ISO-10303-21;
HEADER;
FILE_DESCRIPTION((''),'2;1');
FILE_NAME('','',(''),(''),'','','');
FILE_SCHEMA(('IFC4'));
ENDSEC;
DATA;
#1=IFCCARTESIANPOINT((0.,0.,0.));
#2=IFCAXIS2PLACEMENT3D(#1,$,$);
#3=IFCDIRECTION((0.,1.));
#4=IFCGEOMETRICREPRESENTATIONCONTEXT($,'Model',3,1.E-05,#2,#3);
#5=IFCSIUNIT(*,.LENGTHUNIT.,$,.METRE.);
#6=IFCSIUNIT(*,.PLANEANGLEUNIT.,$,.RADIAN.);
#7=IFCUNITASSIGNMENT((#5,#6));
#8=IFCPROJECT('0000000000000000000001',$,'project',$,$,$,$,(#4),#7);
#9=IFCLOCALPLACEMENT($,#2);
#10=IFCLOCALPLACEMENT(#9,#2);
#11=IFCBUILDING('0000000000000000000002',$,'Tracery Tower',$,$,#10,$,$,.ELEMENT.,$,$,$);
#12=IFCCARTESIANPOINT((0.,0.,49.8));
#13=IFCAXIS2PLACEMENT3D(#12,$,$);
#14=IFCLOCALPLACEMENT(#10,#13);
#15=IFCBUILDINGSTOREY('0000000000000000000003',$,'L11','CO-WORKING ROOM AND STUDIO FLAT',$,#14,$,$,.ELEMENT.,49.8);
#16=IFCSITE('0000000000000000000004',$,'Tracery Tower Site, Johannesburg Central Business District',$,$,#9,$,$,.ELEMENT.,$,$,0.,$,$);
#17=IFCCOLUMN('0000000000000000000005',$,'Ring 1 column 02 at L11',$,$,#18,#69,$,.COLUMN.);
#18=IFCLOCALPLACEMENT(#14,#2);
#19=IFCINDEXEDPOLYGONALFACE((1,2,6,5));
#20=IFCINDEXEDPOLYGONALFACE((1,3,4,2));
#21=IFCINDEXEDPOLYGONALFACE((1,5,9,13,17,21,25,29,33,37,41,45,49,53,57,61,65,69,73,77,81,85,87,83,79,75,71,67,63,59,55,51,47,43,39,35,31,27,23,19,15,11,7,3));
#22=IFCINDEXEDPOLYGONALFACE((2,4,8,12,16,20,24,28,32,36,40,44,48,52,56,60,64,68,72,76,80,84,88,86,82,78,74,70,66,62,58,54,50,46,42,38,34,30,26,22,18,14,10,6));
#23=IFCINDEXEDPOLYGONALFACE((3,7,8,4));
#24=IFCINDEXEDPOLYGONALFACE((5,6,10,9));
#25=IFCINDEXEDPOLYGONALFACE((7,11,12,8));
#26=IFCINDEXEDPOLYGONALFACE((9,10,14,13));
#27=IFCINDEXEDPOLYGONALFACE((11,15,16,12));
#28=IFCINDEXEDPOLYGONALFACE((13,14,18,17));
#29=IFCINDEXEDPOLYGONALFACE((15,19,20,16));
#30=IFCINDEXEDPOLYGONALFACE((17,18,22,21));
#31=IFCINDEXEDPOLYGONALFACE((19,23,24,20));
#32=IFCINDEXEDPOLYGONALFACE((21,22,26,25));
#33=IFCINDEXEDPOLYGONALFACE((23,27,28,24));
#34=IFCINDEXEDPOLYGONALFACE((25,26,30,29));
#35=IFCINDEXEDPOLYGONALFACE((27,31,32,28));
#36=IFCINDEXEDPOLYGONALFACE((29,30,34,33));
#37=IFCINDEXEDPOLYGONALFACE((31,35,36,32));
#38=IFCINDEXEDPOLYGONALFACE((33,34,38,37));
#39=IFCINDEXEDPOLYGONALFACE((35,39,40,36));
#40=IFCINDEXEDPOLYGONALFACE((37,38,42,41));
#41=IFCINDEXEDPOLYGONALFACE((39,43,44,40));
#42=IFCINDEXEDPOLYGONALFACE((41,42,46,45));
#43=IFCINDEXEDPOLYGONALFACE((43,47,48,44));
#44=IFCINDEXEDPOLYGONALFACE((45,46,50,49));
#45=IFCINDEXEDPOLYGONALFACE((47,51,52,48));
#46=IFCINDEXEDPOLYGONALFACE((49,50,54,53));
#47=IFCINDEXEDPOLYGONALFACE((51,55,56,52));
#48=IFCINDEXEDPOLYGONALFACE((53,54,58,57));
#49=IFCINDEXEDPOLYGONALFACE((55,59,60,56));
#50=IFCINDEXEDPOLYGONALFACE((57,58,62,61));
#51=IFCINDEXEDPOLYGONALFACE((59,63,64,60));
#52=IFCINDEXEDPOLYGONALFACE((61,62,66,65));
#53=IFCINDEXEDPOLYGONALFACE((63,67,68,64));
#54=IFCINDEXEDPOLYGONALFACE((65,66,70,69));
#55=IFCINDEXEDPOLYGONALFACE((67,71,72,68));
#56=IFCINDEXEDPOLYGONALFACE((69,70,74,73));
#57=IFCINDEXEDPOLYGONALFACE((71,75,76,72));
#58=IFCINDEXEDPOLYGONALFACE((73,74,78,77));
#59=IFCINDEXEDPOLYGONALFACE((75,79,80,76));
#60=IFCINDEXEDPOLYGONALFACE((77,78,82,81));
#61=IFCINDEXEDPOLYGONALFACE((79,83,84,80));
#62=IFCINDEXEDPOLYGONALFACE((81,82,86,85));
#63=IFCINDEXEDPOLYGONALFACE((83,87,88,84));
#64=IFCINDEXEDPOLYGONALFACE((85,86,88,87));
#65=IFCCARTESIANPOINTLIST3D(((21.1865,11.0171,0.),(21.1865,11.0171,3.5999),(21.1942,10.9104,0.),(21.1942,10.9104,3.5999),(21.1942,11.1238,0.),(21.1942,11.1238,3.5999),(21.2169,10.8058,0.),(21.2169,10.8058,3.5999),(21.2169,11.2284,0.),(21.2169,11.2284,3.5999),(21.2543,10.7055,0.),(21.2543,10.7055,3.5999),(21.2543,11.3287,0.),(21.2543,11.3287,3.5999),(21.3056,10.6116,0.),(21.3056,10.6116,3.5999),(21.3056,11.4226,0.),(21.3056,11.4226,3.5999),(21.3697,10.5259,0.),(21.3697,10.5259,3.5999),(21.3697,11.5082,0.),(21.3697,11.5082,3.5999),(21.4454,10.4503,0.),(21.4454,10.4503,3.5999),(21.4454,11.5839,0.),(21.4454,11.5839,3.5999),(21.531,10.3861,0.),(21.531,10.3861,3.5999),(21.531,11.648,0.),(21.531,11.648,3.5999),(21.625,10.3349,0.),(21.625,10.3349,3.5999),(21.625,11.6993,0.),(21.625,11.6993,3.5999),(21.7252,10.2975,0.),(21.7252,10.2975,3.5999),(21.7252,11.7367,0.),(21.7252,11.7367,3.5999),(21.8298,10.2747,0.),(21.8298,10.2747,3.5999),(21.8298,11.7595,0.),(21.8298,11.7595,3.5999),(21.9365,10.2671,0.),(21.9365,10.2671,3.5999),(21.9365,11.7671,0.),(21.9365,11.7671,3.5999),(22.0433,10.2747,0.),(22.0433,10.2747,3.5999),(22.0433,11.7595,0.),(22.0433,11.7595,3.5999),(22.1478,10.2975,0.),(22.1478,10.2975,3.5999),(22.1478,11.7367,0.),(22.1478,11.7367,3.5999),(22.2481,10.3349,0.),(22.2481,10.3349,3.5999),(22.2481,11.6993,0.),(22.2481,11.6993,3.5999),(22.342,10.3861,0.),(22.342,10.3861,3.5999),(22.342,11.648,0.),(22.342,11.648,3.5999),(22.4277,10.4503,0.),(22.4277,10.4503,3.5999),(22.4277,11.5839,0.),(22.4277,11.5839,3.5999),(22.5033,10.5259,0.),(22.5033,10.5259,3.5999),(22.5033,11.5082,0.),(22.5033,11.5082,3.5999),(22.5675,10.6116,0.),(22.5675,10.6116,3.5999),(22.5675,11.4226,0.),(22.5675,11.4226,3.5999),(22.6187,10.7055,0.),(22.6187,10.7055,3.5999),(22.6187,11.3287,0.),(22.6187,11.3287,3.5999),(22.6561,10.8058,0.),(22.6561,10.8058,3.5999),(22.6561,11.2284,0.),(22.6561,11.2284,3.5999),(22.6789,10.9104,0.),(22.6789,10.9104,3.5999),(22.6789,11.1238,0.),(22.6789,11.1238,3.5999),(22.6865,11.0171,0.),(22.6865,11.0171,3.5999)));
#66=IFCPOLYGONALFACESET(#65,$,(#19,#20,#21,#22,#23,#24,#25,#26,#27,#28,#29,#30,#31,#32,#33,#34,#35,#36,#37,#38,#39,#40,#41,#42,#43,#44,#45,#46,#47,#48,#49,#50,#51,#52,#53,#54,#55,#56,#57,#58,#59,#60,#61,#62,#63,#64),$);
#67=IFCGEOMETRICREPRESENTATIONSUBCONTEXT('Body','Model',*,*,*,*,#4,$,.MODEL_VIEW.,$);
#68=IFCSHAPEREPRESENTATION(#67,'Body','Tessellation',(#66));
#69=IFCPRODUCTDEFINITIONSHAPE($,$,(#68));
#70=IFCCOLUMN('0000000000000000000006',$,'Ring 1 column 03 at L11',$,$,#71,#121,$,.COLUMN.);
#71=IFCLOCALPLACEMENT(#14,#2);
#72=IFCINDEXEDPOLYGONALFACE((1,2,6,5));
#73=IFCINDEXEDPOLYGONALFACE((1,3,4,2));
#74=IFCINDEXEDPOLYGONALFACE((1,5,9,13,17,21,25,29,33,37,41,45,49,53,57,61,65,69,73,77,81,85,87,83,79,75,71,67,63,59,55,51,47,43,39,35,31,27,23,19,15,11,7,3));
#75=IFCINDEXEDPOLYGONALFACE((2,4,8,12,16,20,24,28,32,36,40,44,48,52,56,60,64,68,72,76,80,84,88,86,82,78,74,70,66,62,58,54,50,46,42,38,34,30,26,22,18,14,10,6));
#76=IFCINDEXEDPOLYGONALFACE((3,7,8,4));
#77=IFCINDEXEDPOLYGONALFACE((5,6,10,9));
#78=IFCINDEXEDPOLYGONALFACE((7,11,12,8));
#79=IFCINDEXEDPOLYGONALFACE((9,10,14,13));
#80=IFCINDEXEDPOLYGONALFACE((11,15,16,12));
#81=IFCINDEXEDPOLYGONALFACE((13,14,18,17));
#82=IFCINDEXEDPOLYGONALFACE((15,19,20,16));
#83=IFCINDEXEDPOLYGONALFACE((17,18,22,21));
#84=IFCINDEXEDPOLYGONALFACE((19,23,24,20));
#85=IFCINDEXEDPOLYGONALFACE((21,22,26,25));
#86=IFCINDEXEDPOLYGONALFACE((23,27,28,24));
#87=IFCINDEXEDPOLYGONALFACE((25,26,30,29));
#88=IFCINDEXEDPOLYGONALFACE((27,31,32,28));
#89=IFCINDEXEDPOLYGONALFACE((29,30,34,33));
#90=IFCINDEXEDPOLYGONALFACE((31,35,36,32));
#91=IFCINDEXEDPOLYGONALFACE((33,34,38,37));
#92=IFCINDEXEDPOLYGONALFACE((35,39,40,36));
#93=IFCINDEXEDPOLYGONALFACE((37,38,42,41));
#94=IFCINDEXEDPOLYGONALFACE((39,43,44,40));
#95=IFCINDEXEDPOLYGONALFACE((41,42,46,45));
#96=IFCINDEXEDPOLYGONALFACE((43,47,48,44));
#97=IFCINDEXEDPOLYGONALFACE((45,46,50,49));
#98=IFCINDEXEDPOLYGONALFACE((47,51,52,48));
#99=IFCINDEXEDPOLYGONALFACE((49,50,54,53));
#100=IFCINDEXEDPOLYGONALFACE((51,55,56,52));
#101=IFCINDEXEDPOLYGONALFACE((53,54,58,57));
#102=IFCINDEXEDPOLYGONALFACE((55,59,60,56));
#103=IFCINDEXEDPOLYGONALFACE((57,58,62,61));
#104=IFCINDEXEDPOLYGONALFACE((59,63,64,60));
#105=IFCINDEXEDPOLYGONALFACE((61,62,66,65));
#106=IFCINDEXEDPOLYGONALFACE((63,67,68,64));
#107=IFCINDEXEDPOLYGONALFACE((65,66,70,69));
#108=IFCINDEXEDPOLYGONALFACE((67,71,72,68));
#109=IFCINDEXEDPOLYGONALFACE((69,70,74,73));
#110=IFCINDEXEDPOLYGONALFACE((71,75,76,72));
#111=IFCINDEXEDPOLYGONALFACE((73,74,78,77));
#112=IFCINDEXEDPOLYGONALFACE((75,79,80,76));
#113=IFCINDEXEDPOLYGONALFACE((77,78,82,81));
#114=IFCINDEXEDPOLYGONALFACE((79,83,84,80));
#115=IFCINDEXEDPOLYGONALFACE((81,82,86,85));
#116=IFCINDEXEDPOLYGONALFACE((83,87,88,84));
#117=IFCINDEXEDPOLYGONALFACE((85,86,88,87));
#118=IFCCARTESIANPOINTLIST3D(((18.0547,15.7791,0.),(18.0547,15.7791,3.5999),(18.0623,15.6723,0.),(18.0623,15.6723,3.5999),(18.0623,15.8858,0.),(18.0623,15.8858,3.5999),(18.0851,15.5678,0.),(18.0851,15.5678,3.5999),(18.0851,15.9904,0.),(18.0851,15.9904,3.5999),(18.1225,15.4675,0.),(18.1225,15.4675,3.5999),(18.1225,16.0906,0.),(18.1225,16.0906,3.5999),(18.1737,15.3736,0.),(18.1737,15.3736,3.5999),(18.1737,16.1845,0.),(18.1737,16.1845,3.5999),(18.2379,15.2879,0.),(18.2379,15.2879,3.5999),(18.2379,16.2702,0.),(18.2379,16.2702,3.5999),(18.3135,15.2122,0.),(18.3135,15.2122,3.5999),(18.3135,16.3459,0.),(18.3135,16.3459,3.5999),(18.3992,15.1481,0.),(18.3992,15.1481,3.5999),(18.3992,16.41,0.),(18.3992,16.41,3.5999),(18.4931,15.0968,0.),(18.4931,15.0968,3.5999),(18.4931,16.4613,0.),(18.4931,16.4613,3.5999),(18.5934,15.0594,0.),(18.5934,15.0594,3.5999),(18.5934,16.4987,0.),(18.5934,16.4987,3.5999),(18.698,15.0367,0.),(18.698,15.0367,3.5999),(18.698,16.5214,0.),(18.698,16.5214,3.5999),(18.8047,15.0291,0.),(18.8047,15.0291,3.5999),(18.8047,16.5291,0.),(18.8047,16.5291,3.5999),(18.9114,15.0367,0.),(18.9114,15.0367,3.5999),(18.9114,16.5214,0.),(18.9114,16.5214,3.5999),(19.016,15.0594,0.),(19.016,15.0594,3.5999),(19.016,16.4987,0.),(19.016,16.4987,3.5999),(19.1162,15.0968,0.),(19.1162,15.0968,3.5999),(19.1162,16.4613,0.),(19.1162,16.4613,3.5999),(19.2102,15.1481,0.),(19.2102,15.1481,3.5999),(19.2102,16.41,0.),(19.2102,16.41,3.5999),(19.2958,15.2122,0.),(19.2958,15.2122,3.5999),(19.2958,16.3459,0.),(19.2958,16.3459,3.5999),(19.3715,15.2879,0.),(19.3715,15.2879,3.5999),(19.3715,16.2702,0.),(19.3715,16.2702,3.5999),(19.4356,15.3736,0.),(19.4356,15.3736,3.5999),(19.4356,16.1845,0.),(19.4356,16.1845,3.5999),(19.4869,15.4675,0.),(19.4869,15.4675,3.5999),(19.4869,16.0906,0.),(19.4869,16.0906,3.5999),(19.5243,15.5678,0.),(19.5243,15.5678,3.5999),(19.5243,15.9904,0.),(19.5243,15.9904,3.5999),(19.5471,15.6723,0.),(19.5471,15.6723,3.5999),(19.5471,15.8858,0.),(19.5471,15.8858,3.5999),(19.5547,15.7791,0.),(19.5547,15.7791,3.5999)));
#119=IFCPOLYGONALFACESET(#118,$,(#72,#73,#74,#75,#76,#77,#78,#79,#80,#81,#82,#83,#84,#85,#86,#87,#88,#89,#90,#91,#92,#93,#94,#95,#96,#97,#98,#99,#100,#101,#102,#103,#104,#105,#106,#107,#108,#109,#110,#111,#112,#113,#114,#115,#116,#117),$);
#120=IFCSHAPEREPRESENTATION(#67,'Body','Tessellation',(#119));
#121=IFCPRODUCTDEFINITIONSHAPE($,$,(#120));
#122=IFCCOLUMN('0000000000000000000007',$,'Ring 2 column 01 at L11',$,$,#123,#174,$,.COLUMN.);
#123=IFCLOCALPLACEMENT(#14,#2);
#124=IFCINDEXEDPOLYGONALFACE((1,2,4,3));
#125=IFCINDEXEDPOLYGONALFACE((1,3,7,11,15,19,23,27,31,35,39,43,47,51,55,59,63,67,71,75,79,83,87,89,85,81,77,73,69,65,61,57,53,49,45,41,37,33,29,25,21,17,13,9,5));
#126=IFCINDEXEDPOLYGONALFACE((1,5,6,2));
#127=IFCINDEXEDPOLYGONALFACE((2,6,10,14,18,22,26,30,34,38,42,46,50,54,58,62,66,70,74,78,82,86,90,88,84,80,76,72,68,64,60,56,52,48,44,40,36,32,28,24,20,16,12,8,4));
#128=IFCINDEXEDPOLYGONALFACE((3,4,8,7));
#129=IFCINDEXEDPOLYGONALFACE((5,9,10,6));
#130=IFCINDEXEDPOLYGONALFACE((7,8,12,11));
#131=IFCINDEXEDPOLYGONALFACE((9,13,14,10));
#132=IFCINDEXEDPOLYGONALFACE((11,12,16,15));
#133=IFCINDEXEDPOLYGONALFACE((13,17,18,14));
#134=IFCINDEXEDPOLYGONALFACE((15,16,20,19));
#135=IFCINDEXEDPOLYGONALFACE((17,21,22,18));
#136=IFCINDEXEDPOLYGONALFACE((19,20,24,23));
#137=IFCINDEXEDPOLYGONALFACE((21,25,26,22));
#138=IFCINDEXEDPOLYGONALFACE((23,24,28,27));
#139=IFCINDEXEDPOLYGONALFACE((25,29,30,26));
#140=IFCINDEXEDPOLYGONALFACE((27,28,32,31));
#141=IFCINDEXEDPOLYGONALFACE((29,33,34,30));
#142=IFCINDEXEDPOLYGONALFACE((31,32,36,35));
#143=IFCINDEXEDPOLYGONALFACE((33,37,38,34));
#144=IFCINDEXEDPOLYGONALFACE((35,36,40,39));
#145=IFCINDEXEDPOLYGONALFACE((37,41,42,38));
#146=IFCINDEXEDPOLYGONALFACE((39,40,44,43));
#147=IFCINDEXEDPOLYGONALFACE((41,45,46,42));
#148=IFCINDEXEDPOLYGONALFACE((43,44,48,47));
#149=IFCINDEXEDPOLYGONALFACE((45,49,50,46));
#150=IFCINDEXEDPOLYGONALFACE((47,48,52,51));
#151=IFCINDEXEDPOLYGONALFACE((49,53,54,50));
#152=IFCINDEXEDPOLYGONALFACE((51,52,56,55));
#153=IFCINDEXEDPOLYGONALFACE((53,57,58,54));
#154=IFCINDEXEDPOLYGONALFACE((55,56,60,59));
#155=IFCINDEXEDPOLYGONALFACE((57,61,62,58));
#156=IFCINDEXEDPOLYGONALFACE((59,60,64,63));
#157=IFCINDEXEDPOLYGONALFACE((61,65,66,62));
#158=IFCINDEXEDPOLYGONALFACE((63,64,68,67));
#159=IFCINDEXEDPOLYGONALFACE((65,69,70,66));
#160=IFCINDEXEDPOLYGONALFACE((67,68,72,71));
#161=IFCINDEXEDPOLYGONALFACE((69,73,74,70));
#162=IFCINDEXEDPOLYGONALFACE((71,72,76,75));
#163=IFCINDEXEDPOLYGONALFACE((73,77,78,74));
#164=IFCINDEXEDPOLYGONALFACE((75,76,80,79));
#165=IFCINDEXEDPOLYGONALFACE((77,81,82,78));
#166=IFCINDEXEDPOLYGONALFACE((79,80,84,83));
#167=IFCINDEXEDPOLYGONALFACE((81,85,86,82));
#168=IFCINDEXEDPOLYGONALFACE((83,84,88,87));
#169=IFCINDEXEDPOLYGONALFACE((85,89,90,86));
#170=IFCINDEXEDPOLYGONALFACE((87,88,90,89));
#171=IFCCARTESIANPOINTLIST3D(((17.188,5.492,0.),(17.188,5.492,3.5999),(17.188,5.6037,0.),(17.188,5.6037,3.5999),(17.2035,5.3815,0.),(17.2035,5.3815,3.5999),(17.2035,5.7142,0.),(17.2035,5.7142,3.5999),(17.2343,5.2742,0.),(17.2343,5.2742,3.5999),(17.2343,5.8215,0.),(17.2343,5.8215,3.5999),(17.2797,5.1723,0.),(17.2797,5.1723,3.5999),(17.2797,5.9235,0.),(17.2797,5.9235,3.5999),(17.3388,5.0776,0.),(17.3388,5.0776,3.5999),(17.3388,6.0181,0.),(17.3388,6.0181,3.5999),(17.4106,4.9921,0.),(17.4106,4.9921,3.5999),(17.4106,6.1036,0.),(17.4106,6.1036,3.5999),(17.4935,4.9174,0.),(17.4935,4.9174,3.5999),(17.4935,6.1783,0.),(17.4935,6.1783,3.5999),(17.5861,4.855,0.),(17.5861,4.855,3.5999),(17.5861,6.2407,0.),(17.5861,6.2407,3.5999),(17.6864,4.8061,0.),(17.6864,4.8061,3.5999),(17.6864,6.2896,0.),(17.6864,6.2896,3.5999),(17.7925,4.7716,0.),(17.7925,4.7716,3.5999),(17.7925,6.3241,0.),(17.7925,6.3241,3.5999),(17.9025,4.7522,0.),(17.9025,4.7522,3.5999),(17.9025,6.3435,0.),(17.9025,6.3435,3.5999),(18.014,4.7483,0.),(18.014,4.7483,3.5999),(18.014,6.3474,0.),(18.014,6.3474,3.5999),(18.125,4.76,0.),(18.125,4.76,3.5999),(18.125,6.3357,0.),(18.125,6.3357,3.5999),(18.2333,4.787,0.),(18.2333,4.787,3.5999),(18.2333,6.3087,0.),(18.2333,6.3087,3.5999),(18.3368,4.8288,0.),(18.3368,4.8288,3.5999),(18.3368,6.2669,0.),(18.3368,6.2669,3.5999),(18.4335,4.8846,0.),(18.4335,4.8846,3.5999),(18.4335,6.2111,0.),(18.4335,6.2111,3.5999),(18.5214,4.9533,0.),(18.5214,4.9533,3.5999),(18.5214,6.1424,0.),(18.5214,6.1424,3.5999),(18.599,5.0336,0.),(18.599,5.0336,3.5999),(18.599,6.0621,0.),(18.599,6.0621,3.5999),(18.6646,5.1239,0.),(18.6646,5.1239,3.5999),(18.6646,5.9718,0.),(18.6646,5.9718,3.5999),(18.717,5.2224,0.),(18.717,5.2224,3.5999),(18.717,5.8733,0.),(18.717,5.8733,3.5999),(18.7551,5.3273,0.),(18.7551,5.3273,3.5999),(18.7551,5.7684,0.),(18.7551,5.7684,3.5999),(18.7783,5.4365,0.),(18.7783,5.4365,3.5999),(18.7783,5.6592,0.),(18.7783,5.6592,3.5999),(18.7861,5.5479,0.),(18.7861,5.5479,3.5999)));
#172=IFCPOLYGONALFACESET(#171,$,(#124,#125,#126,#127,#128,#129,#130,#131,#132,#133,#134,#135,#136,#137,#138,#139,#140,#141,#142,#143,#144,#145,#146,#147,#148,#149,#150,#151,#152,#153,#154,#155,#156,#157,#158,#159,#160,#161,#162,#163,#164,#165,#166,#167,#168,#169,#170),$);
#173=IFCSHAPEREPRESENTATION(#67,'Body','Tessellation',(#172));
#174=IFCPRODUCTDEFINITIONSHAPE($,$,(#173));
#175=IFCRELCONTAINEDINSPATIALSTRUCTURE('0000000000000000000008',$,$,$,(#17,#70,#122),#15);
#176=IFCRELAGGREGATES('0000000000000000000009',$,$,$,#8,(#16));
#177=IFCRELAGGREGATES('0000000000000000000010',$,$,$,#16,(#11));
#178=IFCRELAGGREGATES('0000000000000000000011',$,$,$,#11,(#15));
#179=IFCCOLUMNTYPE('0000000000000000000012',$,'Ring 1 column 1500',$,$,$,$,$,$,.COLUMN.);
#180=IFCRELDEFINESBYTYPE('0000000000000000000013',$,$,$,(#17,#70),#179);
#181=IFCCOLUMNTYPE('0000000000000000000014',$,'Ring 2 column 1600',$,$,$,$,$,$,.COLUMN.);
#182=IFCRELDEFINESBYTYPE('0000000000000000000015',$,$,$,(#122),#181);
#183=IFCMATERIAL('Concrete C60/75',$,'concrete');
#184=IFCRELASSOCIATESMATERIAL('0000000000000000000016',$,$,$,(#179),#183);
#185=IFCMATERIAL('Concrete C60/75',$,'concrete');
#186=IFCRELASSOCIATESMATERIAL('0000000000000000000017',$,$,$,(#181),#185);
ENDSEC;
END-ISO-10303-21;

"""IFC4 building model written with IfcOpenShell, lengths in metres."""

from ifc_helpers import new_model, si_unit, direction, frame, origin, origin_2d, place, context, subcontext, project, spatial, circle, extrude, material, material_profile, profile_set, type_object, element, save


model = new_model("IFC4")

# Units and contexts
model_context = context("Model", 3, precision=1e-05, world=origin(), true_north=direction((0.0, 1.0)))
body_context = subcontext(model_context, "Body", "Model", "MODEL_VIEW")
ifc_project = project(units=[si_unit("LENGTHUNIT", "METRE"), si_unit("PLANEANGLEUNIT", "RADIAN")], contexts=[model_context])

# Site, building, storey
site_placement = place(None, origin())
site = spatial("IfcSite", under=ifc_project, at=site_placement, Name="Tracery Tower Site, Johannesburg Central Business District", CompositionType="ELEMENT", RefElevation=0.0)
building_placement = place(site_placement, origin())
building = spatial("IfcBuilding", under=site, at=building_placement, Name="Tracery Tower", CompositionType="ELEMENT")
storey_placement = place(building_placement, frame((0.0, 0.0, 49.8)))
storey = spatial("IfcBuildingStorey", under=building, at=storey_placement, Name="L11", Description="CO-WORKING ROOM AND STUDIO FLAT", CompositionType="ELEMENT", Elevation=49.8)

# Columns
ifc_material_1 = material(Name="Concrete C60/75", Category="concrete")
ifc_material_profile_1 = material_profile(ifc_material_1, circle(Radius=0.75, at=origin_2d()), Name="RC D1500")
ifc_profile_set_1 = profile_set([ifc_material_profile_1], Name="Concrete C60/75")
column_type_1 = type_object("IfcColumnType", Name="Ring 1 column 1500", PredefinedType="COLUMN", material=ifc_profile_set_1)
for number, where, z_axis, x_axis, name in (
    (1, (21.9365, 11.0171, 0.0), (0.0, 0.0, 1.0), (1.0, 0.0, 0.0), "Ring 1 column 02 at L11"),
    (2, (18.8047, 15.7791, 0.0), (0.0, 0.0, 1.0), (1.0, 0.0, 0.0), "Ring 1 column 03 at L11"),
):
    element("IfcColumn", number, at=place(storey_placement, frame(where, z_axis=z_axis, x_axis=x_axis)), inside=storey, type_object=column_type_1, Name=name, PredefinedType="COLUMN", context=body_context, shape_type="SweptSolid", body=[
        extrude(circle(Radius=0.75, at=origin_2d()), origin(), (0.0, 0.0, 1.0), 3.5999),
    ])
ifc_material_2 = material(Name="Concrete C60/75", Category="concrete")
ifc_material_profile_2 = material_profile(ifc_material_2, circle(Radius=0.8, at=origin_2d()), Name="RC D1600")
ifc_profile_set_2 = profile_set([ifc_material_profile_2], Name="Concrete C60/75")
column_type_2 = type_object("IfcColumnType", Name="Ring 2 column 1600", PredefinedType="COLUMN", material=ifc_profile_set_2)
for number, where, z_axis, x_axis, name in (
    (3, (17.9861, 5.5479, 0.0), (0.0, 0.0, 1.0), (1.0, 0.0, 0.0), "Ring 2 column 01 at L11"),
):
    element("IfcColumn", number, at=place(storey_placement, frame(where, z_axis=z_axis, x_axis=x_axis)), inside=storey, type_object=column_type_2, Name=name, PredefinedType="COLUMN", context=body_context, shape_type="SweptSolid", body=[
        extrude(circle(Radius=0.8, at=origin_2d()), origin(), (0.0, 0.0, 1.0), 3.5999),
    ])

save(model, "model.ifc")
